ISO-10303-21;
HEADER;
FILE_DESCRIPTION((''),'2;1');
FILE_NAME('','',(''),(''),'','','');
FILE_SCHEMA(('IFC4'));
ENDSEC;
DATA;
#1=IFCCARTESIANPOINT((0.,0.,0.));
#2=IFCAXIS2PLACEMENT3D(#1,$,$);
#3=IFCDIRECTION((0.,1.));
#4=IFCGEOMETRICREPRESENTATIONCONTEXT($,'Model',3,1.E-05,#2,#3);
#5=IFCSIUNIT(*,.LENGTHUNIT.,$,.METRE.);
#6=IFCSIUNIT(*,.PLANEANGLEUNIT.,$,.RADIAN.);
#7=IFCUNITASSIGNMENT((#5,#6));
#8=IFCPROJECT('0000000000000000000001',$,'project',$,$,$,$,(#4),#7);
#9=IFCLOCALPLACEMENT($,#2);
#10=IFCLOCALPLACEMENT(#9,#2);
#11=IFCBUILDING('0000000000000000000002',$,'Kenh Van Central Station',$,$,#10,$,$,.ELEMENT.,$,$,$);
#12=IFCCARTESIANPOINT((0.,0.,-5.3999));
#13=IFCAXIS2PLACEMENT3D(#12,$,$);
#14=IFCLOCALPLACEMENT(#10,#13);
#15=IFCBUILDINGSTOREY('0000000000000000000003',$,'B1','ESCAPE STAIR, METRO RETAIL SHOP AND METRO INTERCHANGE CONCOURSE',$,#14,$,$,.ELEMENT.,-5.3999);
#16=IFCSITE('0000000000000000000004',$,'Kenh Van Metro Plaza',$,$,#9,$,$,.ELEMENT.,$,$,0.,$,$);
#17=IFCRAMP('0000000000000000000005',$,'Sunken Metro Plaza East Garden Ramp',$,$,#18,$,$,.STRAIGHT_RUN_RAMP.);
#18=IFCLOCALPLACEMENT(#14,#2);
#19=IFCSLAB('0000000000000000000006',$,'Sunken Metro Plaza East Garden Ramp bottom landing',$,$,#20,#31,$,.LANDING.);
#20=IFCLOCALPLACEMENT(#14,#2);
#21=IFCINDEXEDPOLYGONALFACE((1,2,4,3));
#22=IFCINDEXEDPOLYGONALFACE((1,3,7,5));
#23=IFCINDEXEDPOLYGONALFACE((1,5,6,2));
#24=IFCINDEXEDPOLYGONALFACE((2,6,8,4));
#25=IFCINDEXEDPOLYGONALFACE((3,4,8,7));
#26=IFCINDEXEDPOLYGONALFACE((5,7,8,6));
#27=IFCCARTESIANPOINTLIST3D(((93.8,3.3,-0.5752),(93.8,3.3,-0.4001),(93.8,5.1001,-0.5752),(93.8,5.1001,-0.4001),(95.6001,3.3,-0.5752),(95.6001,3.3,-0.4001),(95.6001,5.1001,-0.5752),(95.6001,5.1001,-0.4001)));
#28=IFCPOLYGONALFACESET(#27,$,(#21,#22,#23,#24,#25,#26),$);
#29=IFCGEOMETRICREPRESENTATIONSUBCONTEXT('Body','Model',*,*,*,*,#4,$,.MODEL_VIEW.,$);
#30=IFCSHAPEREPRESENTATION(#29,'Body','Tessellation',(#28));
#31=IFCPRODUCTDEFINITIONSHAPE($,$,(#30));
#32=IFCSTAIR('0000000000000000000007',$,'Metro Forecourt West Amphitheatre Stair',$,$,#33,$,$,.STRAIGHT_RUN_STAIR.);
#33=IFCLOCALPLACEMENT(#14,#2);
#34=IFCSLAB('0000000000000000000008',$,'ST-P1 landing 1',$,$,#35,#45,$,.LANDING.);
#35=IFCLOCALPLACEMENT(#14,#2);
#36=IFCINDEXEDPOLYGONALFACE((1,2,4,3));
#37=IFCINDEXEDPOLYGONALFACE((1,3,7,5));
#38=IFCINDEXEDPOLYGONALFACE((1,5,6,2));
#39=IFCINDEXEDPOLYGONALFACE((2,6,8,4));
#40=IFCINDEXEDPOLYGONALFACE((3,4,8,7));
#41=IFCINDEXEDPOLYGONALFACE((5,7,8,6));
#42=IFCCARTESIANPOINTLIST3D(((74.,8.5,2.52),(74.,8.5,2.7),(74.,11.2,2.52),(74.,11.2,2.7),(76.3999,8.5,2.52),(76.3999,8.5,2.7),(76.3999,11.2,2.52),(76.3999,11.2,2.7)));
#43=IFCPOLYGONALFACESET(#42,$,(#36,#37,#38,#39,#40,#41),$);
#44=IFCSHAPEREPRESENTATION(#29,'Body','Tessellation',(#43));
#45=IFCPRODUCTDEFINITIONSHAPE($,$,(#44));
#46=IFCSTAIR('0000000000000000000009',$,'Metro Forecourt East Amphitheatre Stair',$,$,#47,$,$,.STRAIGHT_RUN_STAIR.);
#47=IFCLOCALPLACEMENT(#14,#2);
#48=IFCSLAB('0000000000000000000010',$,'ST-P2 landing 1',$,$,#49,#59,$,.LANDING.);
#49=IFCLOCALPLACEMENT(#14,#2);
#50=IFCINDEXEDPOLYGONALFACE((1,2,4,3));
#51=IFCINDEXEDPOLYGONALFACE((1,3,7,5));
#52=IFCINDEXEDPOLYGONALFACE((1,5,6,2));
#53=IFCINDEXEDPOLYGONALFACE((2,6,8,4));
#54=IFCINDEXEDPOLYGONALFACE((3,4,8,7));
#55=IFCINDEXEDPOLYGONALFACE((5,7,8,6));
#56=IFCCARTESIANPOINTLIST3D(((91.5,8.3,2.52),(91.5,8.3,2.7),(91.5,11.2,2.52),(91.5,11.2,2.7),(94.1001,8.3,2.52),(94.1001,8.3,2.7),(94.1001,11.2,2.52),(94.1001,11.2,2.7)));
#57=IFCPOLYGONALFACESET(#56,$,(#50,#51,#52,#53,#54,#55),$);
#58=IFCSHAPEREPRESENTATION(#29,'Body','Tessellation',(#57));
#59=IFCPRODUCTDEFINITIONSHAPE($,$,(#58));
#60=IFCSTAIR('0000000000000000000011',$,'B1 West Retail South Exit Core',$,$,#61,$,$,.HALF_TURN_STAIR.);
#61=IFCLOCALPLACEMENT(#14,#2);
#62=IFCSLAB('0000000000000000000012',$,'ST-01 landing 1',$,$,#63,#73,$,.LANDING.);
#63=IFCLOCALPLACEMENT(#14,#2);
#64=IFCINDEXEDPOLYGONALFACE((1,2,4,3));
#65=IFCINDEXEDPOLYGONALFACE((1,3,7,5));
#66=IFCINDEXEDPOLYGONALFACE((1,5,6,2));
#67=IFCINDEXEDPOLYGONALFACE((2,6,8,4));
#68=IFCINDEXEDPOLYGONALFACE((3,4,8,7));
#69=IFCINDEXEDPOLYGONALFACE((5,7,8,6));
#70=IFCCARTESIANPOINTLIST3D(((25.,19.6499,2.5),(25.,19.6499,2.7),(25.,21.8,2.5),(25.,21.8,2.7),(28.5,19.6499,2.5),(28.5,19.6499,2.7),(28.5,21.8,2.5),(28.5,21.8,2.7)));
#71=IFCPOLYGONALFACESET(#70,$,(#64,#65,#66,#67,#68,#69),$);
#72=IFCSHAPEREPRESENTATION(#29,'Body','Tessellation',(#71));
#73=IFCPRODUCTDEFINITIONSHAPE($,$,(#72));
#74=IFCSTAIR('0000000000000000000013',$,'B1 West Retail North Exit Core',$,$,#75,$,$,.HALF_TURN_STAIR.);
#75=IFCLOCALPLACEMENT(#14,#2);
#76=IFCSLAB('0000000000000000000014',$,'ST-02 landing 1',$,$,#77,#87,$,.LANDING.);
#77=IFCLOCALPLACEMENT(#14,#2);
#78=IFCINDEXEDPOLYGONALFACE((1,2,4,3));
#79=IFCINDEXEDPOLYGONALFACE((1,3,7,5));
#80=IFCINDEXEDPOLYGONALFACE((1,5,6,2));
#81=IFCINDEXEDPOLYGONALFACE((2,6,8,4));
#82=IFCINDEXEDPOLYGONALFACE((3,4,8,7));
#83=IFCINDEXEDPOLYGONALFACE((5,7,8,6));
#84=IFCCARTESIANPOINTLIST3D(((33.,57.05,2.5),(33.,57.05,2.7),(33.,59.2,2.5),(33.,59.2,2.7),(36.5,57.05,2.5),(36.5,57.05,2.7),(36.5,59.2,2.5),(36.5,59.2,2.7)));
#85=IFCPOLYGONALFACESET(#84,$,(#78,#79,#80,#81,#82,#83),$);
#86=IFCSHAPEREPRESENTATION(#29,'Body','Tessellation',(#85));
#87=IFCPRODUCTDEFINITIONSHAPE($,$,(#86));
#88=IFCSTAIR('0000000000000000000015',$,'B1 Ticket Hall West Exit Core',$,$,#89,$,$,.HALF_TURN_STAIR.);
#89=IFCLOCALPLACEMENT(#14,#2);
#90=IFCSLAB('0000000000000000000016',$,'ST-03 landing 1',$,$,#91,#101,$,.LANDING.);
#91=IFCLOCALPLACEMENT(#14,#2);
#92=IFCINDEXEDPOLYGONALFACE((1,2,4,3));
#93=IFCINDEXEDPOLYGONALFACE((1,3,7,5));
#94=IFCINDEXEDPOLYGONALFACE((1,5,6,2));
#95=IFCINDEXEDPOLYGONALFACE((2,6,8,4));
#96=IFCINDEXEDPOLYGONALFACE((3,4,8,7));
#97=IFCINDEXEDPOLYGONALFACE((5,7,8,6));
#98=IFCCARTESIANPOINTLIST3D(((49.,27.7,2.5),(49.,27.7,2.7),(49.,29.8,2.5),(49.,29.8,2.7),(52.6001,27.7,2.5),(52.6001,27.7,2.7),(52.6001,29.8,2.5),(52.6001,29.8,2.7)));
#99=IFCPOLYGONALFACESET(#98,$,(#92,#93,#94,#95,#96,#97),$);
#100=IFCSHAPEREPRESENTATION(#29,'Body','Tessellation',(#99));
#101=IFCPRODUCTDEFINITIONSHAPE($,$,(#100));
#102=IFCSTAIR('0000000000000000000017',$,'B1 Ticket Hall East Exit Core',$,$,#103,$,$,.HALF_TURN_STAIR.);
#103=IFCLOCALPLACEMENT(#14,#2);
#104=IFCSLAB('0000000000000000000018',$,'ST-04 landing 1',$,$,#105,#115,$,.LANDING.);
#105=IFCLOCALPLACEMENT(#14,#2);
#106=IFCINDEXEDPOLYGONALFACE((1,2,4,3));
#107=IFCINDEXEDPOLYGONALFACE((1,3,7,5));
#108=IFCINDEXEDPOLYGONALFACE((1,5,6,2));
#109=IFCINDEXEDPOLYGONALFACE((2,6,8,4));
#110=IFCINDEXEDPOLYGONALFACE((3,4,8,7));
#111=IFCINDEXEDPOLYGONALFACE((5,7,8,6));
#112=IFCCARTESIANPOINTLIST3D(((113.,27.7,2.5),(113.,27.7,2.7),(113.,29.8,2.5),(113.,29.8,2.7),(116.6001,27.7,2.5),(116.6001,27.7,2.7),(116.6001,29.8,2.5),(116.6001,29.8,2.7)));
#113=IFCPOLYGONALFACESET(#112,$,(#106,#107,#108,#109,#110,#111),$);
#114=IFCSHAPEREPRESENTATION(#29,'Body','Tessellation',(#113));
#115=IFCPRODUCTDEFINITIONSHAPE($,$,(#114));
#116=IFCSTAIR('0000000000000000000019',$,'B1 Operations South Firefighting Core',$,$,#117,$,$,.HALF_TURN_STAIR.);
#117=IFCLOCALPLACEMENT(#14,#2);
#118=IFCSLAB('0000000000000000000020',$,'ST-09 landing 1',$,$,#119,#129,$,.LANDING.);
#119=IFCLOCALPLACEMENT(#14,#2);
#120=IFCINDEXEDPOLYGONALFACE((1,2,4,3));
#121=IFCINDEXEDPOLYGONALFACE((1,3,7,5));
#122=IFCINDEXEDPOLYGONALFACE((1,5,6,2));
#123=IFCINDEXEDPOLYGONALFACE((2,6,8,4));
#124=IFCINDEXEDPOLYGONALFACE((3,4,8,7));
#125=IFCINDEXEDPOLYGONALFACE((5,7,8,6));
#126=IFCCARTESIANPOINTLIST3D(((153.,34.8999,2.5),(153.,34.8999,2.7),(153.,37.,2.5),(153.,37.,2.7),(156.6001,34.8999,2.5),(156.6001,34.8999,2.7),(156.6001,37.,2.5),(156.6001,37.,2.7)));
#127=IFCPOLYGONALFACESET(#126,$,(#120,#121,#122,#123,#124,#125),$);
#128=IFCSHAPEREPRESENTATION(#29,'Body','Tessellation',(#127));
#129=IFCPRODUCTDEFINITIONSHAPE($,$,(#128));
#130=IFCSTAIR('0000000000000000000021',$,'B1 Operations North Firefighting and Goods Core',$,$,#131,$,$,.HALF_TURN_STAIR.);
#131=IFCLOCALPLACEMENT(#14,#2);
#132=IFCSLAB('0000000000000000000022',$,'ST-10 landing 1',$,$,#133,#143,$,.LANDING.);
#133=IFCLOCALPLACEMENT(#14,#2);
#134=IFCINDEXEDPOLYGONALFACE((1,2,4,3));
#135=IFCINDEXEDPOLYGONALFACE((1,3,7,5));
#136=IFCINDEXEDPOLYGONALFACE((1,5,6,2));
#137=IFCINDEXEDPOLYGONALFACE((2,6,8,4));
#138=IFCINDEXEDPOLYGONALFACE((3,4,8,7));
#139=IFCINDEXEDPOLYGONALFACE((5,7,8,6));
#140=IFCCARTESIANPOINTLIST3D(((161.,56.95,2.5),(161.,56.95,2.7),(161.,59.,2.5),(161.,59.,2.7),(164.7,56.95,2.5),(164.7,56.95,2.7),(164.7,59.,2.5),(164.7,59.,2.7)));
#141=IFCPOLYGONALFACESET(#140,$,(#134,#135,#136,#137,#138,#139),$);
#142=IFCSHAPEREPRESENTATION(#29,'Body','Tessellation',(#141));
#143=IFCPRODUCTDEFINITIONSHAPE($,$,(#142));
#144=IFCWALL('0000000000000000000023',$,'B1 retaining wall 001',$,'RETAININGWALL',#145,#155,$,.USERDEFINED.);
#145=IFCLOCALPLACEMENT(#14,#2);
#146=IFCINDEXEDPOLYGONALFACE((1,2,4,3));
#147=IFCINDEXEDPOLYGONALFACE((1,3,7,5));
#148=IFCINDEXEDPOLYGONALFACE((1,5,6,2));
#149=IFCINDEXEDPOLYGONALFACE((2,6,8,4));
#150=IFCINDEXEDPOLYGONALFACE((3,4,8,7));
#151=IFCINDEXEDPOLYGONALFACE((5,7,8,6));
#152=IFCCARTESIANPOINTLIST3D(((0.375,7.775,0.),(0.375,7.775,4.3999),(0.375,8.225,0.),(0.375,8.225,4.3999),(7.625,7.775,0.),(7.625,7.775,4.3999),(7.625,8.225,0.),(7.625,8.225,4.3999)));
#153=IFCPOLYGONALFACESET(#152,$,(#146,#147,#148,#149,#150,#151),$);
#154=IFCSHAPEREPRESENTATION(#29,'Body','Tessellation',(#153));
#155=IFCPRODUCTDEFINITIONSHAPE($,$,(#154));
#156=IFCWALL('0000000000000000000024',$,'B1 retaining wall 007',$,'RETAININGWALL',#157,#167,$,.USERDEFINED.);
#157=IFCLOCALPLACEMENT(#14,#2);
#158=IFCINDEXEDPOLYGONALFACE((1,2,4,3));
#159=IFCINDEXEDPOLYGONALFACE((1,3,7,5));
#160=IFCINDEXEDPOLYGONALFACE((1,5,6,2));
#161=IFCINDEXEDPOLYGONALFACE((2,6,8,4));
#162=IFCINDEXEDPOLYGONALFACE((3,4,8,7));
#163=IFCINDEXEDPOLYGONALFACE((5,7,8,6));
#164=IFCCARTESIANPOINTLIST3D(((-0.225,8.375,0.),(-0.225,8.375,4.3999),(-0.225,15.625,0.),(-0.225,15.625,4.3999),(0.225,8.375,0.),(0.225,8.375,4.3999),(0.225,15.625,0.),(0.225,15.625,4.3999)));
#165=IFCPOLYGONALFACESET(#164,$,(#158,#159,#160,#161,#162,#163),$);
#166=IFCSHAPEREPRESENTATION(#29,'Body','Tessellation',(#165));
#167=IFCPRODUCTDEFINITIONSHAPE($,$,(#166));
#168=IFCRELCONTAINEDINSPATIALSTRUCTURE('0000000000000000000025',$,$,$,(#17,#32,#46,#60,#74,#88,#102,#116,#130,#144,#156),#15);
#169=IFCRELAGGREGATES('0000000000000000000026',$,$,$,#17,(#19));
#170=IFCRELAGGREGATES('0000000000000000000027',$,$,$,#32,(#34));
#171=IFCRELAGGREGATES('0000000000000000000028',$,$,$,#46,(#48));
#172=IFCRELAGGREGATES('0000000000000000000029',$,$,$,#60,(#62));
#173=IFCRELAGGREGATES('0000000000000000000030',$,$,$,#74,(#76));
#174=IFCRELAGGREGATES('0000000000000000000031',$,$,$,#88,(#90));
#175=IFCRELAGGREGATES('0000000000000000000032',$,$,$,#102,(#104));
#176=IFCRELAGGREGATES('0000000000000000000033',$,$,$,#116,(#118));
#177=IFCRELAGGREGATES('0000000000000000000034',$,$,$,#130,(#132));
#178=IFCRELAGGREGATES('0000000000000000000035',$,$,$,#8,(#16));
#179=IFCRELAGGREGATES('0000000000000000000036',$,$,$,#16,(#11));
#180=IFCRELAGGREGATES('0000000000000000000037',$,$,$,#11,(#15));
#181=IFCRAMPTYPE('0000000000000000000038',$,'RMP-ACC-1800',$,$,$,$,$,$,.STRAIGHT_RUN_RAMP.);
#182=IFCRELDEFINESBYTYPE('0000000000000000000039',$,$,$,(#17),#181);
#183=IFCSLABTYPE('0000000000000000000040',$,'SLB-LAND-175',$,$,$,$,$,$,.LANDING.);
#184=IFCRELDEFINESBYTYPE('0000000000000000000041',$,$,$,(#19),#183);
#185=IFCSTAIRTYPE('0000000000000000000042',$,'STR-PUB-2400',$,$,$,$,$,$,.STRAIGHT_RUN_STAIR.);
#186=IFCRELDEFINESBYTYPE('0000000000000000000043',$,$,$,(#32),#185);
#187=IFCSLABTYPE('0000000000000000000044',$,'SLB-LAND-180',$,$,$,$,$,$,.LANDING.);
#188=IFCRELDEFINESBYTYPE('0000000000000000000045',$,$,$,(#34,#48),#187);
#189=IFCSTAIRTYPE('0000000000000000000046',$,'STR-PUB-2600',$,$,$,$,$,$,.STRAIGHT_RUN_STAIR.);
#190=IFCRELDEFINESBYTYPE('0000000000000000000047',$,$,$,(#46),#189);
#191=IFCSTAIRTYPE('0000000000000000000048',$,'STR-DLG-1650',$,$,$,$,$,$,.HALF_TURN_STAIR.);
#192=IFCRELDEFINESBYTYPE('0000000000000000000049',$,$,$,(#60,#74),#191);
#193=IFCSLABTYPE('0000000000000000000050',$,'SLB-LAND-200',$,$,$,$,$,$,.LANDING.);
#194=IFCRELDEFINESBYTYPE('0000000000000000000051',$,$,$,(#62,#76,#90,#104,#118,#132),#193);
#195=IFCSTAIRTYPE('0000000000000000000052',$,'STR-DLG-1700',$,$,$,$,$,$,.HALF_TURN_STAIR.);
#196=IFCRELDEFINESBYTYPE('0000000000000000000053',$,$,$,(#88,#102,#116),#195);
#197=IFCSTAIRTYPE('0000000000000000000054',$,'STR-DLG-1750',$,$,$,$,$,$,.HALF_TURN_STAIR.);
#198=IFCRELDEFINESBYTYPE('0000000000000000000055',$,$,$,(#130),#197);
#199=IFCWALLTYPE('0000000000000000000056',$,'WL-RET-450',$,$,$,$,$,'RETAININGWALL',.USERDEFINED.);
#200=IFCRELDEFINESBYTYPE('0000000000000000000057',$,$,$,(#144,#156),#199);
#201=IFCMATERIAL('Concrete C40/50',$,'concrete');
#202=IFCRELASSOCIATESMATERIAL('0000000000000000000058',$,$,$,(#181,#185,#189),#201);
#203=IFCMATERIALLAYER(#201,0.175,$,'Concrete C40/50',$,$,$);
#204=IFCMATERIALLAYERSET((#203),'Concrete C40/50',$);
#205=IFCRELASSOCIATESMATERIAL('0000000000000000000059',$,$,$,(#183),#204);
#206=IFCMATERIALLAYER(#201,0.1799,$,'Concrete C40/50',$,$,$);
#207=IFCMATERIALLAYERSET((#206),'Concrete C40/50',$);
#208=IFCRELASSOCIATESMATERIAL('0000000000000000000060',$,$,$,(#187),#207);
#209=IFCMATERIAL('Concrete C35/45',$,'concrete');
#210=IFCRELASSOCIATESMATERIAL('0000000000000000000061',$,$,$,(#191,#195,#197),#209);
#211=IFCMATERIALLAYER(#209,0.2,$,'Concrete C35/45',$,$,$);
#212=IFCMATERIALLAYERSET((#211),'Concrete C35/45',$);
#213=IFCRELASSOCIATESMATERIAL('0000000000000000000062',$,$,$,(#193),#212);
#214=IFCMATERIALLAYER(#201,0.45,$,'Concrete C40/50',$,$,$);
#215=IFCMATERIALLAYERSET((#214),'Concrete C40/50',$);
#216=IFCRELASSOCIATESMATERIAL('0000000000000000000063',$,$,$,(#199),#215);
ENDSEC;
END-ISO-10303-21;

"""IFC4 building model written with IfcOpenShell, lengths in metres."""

from ifc_helpers import new_model, si_unit, direction, frame, frame_2d, origin, place, context, subcontext, project, spatial, polyline, rectangle, outline, extrude, material, layer, layer_set, type_object, element, aggregate, save


model = new_model("IFC4")

# Units and contexts
model_context = context("Model", 3, precision=1e-05, world=origin(), true_north=direction((0.0, 1.0)))
body_context = subcontext(model_context, "Body", "Model", "MODEL_VIEW")
ifc_project = project(units=[si_unit("LENGTHUNIT", "METRE"), si_unit("PLANEANGLEUNIT", "RADIAN")], contexts=[model_context])

# Site, building, storey
site_placement = place(None, origin())
site = spatial("IfcSite", under=ifc_project, at=site_placement, Name="Kenh Van Metro Plaza", CompositionType="ELEMENT", RefElevation=0.0)
building_placement = place(site_placement, origin())
building = spatial("IfcBuilding", under=site, at=building_placement, Name="Kenh Van Central Station", CompositionType="ELEMENT")
storey_placement = place(building_placement, frame((0.0, 0.0, -5.3999)))
storey = spatial("IfcBuildingStorey", under=building, at=storey_placement, Name="B1", Description="ESCAPE STAIR, METRO RETAIL SHOP AND METRO INTERCHANGE CONCOURSE", CompositionType="ELEMENT", Elevation=-5.3999)

# Shared definitions
ifc_material_1 = material(Name="Concrete C40/50", Category="concrete")

# Shared definitions
ifc_material_2 = material(Name="Concrete C35/45", Category="concrete")

# Ramp, slab
ramp_type = type_object("IfcRampType", Name="RMP-ACC-1800", PredefinedType="STRAIGHT_RUN_RAMP", material=ifc_material_1)
ifc_layer_1 = layer(ifc_material_1, 0.175, Name="Concrete C40/50")
ifc_layer_set_1 = layer_set([ifc_layer_1], Name="Concrete C40/50")
slab_type_1 = type_object("IfcSlabType", Name="SLB-LAND-175", PredefinedType="LANDING", material=ifc_layer_set_1)
ramp_1_placement = place(storey_placement, origin())
ramp_1 = element("IfcRamp", 1, at=ramp_1_placement, inside=storey, type_object=ramp_type, Name="Sunken Metro Plaza East Garden Ramp", PredefinedType="STRAIGHT_RUN_RAMP")
slab_1_placement = place(storey_placement, frame((0.0, 0.0, -0.5752)))
slab_1 = element("IfcSlab", 2, at=slab_1_placement, type_object=slab_type_1, Name="Sunken Metro Plaza East Garden Ramp bottom landing", PredefinedType="LANDING", context=body_context, shape_type="SweptSolid", body=[
    extrude(outline(polyline([(95.6001, 5.1001), (93.8, 5.1001), (93.8, 3.3), (95.6001, 3.3), (95.6001, 5.1001)])), origin(), (0.0, 0.0, 1.0), 0.175),
])
aggregate(ramp_1, [slab_1])

# Stairs, slabs
stair_type_1 = type_object("IfcStairType", Name="STR-PUB-2400", PredefinedType="STRAIGHT_RUN_STAIR", material=ifc_material_1)
stair_1_placement = place(storey_placement, origin())
stair_1 = element("IfcStair", 3, at=stair_1_placement, inside=storey, type_object=stair_type_1, Name="Metro Forecourt West Amphitheatre Stair", PredefinedType="STRAIGHT_RUN_STAIR")
ifc_layer_2 = layer(ifc_material_1, 0.1799, Name="Concrete C40/50")
ifc_layer_set_2 = layer_set([ifc_layer_2], Name="Concrete C40/50")
slab_type_2 = type_object("IfcSlabType", Name="SLB-LAND-180", PredefinedType="LANDING", material=ifc_layer_set_2)
slab_2_placement = place(storey_placement, frame((0.0, 0.0, 2.52)))
slab_2 = element("IfcSlab", 4, at=slab_2_placement, type_object=slab_type_2, Name="ST-P1 landing 1", PredefinedType="LANDING", context=body_context, shape_type="SweptSolid", body=[
    extrude(outline(polyline([(76.3999, 8.5), (76.3999, 11.2), (74.0, 11.2), (74.0, 8.5), (76.3999, 8.5)])), origin(), (0.0, 0.0, 1.0), 0.1799),
])
aggregate(stair_1, [slab_2])
stair_type_2 = type_object("IfcStairType", Name="STR-PUB-2600", PredefinedType="STRAIGHT_RUN_STAIR", material=ifc_material_1)
stair_2_placement = place(storey_placement, origin())
stair_2 = element("IfcStair", 5, at=stair_2_placement, inside=storey, type_object=stair_type_2, Name="Metro Forecourt East Amphitheatre Stair", PredefinedType="STRAIGHT_RUN_STAIR")
slab_3_placement = place(storey_placement, frame((0.0, 0.0, 2.52)))
slab_3 = element("IfcSlab", 6, at=slab_3_placement, type_object=slab_type_2, Name="ST-P2 landing 1", PredefinedType="LANDING", context=body_context, shape_type="SweptSolid", body=[
    extrude(outline(polyline([(94.1001, 8.3), (94.1001, 11.2), (91.5, 11.2), (91.5, 8.3), (94.1001, 8.3)])), origin(), (0.0, 0.0, 1.0), 0.1799),
])
aggregate(stair_2, [slab_3])
stair_type_3 = type_object("IfcStairType", Name="STR-DLG-1650", PredefinedType="HALF_TURN_STAIR", material=ifc_material_2)
stair_3_placement = place(storey_placement, origin())
stair_3 = element("IfcStair", 7, at=stair_3_placement, inside=storey, type_object=stair_type_3, Name="B1 West Retail South Exit Core", PredefinedType="HALF_TURN_STAIR")
ifc_layer_3 = layer(ifc_material_2, 0.2, Name="Concrete C35/45")
ifc_layer_set_3 = layer_set([ifc_layer_3], Name="Concrete C35/45")
slab_type_3 = type_object("IfcSlabType", Name="SLB-LAND-200", PredefinedType="LANDING", material=ifc_layer_set_3)
slab_4_placement = place(storey_placement, frame((0.0, 0.0, 2.5)))
slab_4 = element("IfcSlab", 8, at=slab_4_placement, type_object=slab_type_3, Name="ST-01 landing 1", PredefinedType="LANDING", context=body_context, shape_type="SweptSolid", body=[
    extrude(outline(polyline([(28.5, 19.6499), (28.5, 21.8), (25.0, 21.8), (25.0, 19.6499), (28.5, 19.6499)])), origin(), (0.0, 0.0, 1.0), 0.2),
])
aggregate(stair_3, [slab_4])
stair_4_placement = place(storey_placement, origin())
stair_4 = element("IfcStair", 9, at=stair_4_placement, inside=storey, type_object=stair_type_3, Name="B1 West Retail North Exit Core", PredefinedType="HALF_TURN_STAIR")
slab_5_placement = place(storey_placement, frame((0.0, 0.0, 2.5)))
slab_5 = element("IfcSlab", 10, at=slab_5_placement, type_object=slab_type_3, Name="ST-02 landing 1", PredefinedType="LANDING", context=body_context, shape_type="SweptSolid", body=[
    extrude(outline(polyline([(36.5, 57.05), (36.5, 59.2), (33.0, 59.2), (33.0, 57.05), (36.5, 57.05)])), origin(), (0.0, 0.0, 1.0), 0.2),
])
aggregate(stair_4, [slab_5])
stair_type_4 = type_object("IfcStairType", Name="STR-DLG-1700", PredefinedType="HALF_TURN_STAIR", material=ifc_material_2)
stair_5_placement = place(storey_placement, origin())
stair_5 = element("IfcStair", 11, at=stair_5_placement, inside=storey, type_object=stair_type_4, Name="B1 Ticket Hall West Exit Core", PredefinedType="HALF_TURN_STAIR")
slab_6_placement = place(storey_placement, frame((0.0, 0.0, 2.5)))
slab_6 = element("IfcSlab", 12, at=slab_6_placement, type_object=slab_type_3, Name="ST-03 landing 1", PredefinedType="LANDING", context=body_context, shape_type="SweptSolid", body=[
    extrude(outline(polyline([(52.6001, 27.7), (52.6001, 29.8), (49.0, 29.8), (49.0, 27.7), (52.6001, 27.7)])), origin(), (0.0, 0.0, 1.0), 0.2),
])
aggregate(stair_5, [slab_6])
stair_6_placement = place(storey_placement, origin())
stair_6 = element("IfcStair", 13, at=stair_6_placement, inside=storey, type_object=stair_type_4, Name="B1 Ticket Hall East Exit Core", PredefinedType="HALF_TURN_STAIR")
slab_7_placement = place(storey_placement, frame((0.0, 0.0, 2.5)))
slab_7 = element("IfcSlab", 14, at=slab_7_placement, type_object=slab_type_3, Name="ST-04 landing 1", PredefinedType="LANDING", context=body_context, shape_type="SweptSolid", body=[
    extrude(outline(polyline([(116.6001, 27.7), (116.6001, 29.8), (113.0, 29.8), (113.0, 27.7), (116.6001, 27.7)])), origin(), (0.0, 0.0, 1.0), 0.2),
])
aggregate(stair_6, [slab_7])
stair_7_placement = place(storey_placement, origin())
stair_7 = element("IfcStair", 15, at=stair_7_placement, inside=storey, type_object=stair_type_4, Name="B1 Operations South Firefighting Core", PredefinedType="HALF_TURN_STAIR")
slab_8_placement = place(storey_placement, frame((0.0, 0.0, 2.5)))
slab_8 = element("IfcSlab", 16, at=slab_8_placement, type_object=slab_type_3, Name="ST-09 landing 1", PredefinedType="LANDING", context=body_context, shape_type="SweptSolid", body=[
    extrude(outline(polyline([(156.6001, 34.8999), (156.6001, 37.0), (153.0, 37.0), (153.0, 34.8999), (156.6001, 34.8999)])), origin(), (0.0, 0.0, 1.0), 0.2),
])
aggregate(stair_7, [slab_8])
stair_type_5 = type_object("IfcStairType", Name="STR-DLG-1750", PredefinedType="HALF_TURN_STAIR", material=ifc_material_2)
stair_8_placement = place(storey_placement, origin())
stair_8 = element("IfcStair", 17, at=stair_8_placement, inside=storey, type_object=stair_type_5, Name="B1 Operations North Firefighting and Goods Core", PredefinedType="HALF_TURN_STAIR")
slab_9_placement = place(storey_placement, frame((0.0, 0.0, 2.5)))
slab_9 = element("IfcSlab", 18, at=slab_9_placement, type_object=slab_type_3, Name="ST-10 landing 1", PredefinedType="LANDING", context=body_context, shape_type="SweptSolid", body=[
    extrude(outline(polyline([(164.7, 56.95), (164.7, 59.0), (161.0, 59.0), (161.0, 56.95), (164.7, 56.95)])), origin(), (0.0, 0.0, 1.0), 0.2),
])
aggregate(stair_8, [slab_9])

# Walls
ifc_layer_4 = layer(ifc_material_1, 0.45, Name="Concrete C40/50")
ifc_layer_set_4 = layer_set([ifc_layer_4], Name="Concrete C40/50")
wall_type = type_object("IfcWallType", Name="WL-RET-450", ElementType="RETAININGWALL", PredefinedType="USERDEFINED", material=ifc_layer_set_4)
for number, where, z_axis, x_axis, name in (
    (19, (0.375, 8.0, 0.0), (0.0, 0.0, 1.0), (1.0, 0.0, 0.0), "B1 retaining wall 001"),
    (20, (0.0, 8.375, 0.0), (0.0, 0.0, 1.0), (0.0, 1.0, 0.0), "B1 retaining wall 007"),
):
    element("IfcWall", number, at=place(storey_placement, frame(where, z_axis=z_axis, x_axis=x_axis)), inside=storey, type_object=wall_type, Name=name, ObjectType="RETAININGWALL", PredefinedType="USERDEFINED", context=body_context, shape_type="SweptSolid", body=[
        extrude(rectangle(XDim=7.25, YDim=0.45, at=frame_2d((3.625, 0.0))), origin(), (0.0, 0.0, 1.0), 4.3999),
    ])

save(model, "model.ifc")
